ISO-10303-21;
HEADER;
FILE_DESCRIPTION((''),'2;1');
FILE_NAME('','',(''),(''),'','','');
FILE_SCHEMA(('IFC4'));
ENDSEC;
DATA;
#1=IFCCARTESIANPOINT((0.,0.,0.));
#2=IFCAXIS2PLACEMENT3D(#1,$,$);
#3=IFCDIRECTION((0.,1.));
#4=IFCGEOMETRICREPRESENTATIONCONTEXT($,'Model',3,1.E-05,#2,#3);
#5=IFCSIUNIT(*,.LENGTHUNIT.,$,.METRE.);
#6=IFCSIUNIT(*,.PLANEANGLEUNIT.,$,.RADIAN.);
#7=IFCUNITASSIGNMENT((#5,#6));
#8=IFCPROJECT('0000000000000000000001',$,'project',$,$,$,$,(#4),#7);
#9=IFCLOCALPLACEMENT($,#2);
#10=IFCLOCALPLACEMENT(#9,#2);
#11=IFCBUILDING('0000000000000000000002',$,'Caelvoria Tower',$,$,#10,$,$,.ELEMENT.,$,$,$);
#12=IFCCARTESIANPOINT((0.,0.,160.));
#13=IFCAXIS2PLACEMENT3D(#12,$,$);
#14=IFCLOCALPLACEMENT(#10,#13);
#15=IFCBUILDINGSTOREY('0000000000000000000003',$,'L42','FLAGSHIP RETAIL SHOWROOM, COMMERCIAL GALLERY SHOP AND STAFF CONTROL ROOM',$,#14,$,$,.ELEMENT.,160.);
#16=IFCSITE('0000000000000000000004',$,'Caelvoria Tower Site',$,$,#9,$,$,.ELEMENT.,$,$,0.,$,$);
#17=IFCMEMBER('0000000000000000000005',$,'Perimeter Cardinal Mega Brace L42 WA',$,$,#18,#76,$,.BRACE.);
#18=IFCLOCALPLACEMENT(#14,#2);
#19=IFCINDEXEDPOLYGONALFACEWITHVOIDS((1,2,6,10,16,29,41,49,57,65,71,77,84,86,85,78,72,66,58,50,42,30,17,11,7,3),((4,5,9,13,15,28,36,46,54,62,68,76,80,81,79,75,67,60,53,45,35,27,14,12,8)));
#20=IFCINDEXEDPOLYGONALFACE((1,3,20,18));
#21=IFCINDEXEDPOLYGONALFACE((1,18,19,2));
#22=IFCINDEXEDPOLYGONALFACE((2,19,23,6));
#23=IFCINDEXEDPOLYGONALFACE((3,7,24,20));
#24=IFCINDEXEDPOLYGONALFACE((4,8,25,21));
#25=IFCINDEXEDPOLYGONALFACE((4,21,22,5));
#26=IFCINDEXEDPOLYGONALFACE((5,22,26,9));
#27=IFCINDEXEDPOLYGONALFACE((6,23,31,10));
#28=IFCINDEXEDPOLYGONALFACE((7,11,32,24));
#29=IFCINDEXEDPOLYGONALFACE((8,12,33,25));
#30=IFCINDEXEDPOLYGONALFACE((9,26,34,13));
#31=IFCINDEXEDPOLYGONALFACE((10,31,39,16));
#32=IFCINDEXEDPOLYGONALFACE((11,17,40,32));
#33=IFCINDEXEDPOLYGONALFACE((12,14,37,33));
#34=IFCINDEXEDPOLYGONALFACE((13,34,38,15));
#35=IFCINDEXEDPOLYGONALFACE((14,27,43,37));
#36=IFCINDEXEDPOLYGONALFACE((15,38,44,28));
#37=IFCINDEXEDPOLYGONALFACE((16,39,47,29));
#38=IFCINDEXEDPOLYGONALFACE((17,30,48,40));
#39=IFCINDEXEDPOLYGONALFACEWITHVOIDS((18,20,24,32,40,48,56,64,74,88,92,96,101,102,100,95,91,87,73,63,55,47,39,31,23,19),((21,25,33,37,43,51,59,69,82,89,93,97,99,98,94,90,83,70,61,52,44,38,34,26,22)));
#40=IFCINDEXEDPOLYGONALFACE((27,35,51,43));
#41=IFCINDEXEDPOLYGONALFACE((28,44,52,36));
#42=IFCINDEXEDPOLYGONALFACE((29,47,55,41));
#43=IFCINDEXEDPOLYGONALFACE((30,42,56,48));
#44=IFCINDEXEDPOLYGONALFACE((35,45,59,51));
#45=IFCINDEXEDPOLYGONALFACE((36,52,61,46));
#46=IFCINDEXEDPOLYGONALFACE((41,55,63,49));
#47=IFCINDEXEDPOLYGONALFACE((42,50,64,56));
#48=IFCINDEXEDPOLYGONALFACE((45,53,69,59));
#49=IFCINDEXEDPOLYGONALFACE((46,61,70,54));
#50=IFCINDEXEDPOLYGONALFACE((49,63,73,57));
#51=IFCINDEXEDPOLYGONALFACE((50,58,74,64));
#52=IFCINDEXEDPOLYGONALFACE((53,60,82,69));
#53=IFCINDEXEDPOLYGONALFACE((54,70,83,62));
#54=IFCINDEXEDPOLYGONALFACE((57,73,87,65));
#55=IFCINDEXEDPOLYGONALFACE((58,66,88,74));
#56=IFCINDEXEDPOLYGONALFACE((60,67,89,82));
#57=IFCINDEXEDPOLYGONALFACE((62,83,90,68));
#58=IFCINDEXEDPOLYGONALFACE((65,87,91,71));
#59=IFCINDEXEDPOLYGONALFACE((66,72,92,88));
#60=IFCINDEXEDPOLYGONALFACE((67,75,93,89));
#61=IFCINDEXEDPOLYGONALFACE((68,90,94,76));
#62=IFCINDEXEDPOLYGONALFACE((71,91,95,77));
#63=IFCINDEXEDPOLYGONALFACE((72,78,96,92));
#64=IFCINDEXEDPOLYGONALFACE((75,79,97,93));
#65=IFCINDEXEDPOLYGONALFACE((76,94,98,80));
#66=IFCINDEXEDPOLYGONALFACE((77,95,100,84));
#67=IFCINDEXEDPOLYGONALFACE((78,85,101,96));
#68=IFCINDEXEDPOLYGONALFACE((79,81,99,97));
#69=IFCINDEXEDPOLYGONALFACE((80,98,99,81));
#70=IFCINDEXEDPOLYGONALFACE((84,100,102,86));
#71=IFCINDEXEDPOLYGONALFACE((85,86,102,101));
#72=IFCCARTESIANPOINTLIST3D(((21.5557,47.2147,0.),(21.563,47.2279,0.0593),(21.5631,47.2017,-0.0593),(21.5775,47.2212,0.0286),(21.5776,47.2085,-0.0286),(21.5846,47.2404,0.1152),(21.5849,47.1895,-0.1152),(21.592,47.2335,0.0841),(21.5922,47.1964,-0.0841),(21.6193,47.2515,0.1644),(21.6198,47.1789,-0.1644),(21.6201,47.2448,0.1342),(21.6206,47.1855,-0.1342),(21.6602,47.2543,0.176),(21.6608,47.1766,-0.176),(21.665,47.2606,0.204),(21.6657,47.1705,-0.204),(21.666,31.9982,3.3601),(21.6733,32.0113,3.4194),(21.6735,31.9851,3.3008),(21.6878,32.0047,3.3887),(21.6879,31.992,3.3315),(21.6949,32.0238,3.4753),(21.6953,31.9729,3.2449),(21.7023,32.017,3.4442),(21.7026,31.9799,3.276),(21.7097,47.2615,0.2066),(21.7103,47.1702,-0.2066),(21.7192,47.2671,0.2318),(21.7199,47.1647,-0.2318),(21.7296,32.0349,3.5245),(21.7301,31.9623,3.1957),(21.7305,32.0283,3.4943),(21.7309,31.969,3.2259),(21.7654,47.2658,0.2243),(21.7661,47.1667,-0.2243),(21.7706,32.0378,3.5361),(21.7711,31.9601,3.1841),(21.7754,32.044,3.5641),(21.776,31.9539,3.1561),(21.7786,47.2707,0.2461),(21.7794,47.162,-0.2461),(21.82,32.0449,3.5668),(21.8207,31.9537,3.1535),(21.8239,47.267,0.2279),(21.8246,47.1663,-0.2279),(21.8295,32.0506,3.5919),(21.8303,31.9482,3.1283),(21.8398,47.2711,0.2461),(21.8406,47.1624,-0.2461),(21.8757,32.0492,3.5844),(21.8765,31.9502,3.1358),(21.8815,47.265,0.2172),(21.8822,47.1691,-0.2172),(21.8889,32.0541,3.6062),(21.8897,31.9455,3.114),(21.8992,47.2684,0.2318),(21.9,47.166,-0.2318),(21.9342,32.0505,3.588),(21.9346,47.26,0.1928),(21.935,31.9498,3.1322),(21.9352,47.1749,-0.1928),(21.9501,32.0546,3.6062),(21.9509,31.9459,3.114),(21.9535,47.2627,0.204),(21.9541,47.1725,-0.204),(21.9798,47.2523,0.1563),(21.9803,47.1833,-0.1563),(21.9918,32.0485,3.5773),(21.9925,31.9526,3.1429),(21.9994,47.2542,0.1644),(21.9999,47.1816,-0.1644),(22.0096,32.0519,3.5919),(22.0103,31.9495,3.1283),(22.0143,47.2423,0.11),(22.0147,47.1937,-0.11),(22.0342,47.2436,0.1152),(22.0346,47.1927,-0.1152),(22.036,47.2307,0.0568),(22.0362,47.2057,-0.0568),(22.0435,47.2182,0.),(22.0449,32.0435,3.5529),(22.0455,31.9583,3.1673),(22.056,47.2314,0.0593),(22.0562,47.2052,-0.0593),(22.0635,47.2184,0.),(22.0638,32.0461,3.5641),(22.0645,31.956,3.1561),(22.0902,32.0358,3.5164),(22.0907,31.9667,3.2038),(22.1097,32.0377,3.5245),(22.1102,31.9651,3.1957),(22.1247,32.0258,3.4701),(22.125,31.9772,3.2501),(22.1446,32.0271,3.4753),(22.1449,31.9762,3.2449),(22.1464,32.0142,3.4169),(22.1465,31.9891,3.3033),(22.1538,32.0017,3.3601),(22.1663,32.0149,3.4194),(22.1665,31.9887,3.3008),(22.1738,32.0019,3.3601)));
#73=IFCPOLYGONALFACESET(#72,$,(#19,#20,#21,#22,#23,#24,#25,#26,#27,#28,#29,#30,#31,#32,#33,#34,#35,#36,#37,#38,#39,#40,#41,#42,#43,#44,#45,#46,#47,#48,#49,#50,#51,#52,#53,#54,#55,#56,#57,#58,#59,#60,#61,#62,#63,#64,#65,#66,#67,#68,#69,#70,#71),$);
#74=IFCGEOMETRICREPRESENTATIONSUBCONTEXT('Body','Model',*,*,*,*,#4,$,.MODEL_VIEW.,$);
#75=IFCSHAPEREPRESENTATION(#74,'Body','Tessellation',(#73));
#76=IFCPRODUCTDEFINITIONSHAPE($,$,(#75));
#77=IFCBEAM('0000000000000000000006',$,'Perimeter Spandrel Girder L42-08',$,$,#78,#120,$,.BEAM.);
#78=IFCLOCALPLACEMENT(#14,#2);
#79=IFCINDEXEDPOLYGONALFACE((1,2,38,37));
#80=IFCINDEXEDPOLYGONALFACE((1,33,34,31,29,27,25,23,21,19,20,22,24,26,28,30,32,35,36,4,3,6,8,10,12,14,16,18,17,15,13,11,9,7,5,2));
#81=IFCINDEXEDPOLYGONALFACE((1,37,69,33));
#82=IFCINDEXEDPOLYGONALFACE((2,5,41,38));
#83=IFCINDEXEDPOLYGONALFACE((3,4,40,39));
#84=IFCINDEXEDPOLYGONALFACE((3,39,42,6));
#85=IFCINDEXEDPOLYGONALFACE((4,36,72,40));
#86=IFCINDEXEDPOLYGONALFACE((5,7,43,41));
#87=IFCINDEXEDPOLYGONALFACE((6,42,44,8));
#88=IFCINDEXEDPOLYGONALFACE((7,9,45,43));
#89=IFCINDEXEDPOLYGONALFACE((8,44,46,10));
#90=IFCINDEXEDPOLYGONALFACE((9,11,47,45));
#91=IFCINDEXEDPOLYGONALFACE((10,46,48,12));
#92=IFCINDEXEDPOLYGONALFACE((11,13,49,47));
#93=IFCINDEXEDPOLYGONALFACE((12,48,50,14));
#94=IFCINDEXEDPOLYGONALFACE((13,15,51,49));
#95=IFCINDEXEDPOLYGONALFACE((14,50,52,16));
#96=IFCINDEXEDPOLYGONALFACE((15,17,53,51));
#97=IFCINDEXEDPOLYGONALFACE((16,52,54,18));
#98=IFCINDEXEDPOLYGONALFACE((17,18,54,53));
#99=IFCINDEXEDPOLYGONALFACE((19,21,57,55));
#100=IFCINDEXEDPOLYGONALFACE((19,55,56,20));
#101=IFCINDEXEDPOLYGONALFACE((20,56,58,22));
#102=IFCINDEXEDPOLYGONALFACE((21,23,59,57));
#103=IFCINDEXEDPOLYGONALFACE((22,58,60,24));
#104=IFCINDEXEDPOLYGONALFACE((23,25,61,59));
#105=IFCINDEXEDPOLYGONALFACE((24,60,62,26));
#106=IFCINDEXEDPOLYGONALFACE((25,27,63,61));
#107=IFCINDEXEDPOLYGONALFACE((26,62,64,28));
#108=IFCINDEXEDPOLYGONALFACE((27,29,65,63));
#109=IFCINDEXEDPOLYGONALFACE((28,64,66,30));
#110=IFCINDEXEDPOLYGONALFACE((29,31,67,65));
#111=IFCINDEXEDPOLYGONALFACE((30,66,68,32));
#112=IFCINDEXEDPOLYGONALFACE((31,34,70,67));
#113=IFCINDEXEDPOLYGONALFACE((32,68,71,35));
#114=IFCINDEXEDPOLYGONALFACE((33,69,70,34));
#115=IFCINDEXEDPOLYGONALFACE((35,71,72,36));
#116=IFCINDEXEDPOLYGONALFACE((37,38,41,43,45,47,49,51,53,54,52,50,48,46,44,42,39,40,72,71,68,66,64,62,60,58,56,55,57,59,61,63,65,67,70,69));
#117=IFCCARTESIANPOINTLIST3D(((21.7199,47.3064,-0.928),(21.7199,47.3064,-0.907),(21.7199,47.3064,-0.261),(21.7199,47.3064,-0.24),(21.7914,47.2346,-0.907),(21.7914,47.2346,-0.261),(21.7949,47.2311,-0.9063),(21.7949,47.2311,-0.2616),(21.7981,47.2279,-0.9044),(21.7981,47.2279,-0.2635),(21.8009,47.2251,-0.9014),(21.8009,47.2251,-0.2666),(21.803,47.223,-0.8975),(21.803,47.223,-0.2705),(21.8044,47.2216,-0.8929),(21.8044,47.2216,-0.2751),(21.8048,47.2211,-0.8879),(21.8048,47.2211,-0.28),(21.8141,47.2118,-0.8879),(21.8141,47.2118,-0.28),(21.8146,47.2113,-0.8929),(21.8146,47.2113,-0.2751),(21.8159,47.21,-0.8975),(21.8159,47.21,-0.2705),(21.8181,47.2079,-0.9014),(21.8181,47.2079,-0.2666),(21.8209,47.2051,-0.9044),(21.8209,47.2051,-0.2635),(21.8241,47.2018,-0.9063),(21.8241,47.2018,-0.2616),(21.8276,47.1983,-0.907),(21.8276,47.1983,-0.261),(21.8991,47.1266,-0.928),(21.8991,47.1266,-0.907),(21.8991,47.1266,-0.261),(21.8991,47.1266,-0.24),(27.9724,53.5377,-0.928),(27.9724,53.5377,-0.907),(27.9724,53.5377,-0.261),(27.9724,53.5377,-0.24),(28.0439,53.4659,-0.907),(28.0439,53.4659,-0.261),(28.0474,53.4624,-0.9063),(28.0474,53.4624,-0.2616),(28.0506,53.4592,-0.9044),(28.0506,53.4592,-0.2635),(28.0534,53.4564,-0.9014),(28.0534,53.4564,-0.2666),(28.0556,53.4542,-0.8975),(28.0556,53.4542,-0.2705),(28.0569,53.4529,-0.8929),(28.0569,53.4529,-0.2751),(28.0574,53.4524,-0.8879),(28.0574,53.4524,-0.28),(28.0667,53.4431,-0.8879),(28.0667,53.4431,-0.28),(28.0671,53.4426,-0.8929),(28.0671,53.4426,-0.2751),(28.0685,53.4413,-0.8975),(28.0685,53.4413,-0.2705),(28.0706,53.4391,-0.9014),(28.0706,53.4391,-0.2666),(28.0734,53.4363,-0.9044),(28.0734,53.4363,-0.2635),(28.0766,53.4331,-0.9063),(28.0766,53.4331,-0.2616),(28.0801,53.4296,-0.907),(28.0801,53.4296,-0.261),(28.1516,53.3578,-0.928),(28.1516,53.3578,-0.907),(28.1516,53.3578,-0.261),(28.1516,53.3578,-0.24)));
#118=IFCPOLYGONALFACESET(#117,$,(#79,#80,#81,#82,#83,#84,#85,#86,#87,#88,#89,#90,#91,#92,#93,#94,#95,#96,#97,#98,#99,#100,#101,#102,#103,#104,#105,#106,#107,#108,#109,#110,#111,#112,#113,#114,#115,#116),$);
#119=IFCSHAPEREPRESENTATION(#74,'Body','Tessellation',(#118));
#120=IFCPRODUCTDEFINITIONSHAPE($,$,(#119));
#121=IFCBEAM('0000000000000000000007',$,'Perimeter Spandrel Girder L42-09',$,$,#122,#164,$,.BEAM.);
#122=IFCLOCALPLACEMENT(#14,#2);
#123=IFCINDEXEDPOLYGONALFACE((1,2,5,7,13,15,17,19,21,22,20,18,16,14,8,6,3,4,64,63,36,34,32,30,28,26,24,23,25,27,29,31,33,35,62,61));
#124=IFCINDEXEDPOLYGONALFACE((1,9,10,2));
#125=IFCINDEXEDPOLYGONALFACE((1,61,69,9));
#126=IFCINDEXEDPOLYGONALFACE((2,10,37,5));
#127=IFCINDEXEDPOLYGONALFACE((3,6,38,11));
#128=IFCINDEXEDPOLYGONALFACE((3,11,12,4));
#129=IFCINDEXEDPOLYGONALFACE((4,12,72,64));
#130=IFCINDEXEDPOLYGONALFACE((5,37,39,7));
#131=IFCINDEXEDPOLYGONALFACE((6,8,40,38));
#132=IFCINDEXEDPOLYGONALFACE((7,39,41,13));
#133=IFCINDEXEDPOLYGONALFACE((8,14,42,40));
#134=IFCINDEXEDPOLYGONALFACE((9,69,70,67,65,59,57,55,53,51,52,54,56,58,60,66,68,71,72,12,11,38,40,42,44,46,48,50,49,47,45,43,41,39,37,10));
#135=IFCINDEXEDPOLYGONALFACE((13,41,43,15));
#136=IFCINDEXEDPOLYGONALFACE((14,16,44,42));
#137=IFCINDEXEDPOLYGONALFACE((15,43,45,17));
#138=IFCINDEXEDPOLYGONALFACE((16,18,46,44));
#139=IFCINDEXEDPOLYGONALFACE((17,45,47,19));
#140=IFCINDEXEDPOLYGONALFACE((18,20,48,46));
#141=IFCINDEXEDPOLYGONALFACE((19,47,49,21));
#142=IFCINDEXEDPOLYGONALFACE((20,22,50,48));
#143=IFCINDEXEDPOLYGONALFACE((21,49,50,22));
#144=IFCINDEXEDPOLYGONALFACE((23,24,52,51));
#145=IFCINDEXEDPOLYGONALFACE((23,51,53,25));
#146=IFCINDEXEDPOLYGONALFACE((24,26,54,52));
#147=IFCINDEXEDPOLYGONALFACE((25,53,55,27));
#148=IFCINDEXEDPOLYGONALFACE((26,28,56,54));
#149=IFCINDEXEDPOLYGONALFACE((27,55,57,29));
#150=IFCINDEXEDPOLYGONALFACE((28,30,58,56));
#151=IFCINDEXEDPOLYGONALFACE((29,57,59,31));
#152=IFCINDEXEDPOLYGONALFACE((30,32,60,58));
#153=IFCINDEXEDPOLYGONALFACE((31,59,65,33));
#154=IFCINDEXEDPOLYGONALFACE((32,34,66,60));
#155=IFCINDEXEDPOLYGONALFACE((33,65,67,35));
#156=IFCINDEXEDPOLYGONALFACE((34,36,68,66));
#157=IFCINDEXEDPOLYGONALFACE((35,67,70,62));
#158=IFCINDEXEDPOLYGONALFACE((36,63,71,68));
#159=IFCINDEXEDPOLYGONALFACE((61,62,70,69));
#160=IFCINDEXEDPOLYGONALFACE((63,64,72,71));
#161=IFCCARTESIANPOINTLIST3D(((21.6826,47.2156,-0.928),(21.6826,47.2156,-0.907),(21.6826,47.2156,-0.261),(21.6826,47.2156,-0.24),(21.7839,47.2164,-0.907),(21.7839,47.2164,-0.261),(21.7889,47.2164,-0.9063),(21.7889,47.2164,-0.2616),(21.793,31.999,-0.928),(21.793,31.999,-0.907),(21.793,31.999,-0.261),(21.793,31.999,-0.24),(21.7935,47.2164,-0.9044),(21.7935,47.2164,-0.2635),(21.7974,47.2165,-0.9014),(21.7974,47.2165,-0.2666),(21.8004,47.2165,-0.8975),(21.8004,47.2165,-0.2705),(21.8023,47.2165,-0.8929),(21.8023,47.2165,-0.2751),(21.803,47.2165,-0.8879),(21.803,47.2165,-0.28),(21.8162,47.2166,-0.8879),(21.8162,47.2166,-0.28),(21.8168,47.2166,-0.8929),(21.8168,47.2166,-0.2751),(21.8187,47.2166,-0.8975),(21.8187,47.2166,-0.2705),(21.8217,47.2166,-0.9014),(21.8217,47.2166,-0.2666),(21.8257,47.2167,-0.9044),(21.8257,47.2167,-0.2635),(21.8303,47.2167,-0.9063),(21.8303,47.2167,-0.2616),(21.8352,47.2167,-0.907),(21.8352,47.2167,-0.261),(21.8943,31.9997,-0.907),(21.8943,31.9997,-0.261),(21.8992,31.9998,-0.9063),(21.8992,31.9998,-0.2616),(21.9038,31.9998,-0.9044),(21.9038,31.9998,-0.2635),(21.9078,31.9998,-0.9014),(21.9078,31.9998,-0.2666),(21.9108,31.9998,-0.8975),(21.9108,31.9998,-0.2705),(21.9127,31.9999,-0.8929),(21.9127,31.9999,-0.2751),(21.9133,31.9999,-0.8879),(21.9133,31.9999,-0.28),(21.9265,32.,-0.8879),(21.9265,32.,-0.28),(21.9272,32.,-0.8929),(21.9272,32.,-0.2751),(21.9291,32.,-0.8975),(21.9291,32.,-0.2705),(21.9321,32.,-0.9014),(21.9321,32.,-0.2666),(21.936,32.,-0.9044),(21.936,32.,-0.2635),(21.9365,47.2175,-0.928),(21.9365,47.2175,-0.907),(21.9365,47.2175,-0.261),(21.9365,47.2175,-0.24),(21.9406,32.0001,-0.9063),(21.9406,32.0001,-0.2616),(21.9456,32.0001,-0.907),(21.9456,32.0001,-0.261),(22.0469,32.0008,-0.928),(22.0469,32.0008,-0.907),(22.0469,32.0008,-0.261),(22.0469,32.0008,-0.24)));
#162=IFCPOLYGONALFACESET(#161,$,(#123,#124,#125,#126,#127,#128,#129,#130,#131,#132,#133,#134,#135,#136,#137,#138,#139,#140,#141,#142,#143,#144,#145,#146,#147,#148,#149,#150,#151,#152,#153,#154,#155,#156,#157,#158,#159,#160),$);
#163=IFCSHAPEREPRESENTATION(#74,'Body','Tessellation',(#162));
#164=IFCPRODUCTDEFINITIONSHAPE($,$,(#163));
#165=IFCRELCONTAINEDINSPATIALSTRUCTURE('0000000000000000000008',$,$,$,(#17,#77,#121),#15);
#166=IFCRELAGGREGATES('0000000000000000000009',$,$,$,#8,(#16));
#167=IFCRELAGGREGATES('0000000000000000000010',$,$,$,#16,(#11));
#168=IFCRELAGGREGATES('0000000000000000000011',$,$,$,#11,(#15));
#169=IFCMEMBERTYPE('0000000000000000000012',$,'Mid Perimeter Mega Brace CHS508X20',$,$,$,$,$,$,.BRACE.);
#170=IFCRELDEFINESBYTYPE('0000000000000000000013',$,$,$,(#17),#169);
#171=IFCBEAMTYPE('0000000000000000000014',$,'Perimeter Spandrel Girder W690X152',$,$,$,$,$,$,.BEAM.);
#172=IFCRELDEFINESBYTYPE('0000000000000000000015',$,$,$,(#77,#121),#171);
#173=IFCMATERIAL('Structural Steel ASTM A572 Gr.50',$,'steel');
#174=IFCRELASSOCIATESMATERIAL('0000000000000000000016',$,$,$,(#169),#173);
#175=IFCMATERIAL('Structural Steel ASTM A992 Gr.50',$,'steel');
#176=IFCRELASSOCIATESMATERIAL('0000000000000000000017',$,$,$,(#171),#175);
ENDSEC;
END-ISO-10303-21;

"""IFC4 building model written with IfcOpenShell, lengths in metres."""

from ifc_helpers import new_model, si_unit, direction, frame, origin, origin_2d, place, context, subcontext, project, spatial, hollow_circle, i_section, extrude, material, material_profile, profile_set, type_object, element, save


model = new_model("IFC4")

# Units and contexts
model_context = context("Model", 3, precision=1e-05, world=origin(), true_north=direction((0.0, 1.0)))
body_context = subcontext(model_context, "Body", "Model", "MODEL_VIEW")
ifc_project = project(units=[si_unit("LENGTHUNIT", "METRE"), si_unit("PLANEANGLEUNIT", "RADIAN")], contexts=[model_context])

# Site, building, storey
site_placement = place(None, origin())
site = spatial("IfcSite", under=ifc_project, at=site_placement, Name="Caelvoria Tower Site", CompositionType="ELEMENT", RefElevation=0.0)
building_placement = place(site_placement, origin())
building = spatial("IfcBuilding", under=site, at=building_placement, Name="Caelvoria Tower", CompositionType="ELEMENT")
storey_placement = place(building_placement, frame((0.0, 0.0, 160.0)))
storey = spatial("IfcBuildingStorey", under=building, at=storey_placement, Name="L42", Description="FLAGSHIP RETAIL SHOWROOM, COMMERCIAL GALLERY SHOP AND STAFF CONTROL ROOM", CompositionType="ELEMENT", Elevation=160.0)

# Shared definitions
ifc_material_1 = material(Name="Structural Steel ASTM A572 Gr.50", Category="steel")

# Member
ifc_material_profile_1 = material_profile(ifc_material_1, hollow_circle(Radius=0.2539, WallThickness=0.02, at=origin_2d()), Name="Structural Steel ASTM A572 Gr.50")
ifc_profile_set_1 = profile_set([ifc_material_profile_1], Name="CHS508X20 - Structural Steel ASTM A572 Gr.50")
member_type = type_object("IfcMemberType", Name="Mid Perimeter Mega Brace CHS508X20", PredefinedType="BRACE", material=ifc_profile_set_1)
member_1_placement = place(storey_placement, frame((21.8096, 47.2166, 0.0), z_axis=(0.007081, -0.976452, 0.215619), x_axis=(0.999974, 0.007252, 0.0)))
element("IfcMember", 1, at=member_1_placement, inside=storey, type_object=member_type, Name="Perimeter Cardinal Mega Brace L42 WA", PredefinedType="BRACE", context=body_context, shape_type="SweptSolid", body=[
    extrude(hollow_circle(Radius=0.2539, WallThickness=0.02, at=origin_2d()), origin(), (0.0, 0.0, 1.0), 15.5835),
])

# Beams
ifc_material_2 = material(Name="Structural Steel ASTM A992 Gr.50", Category="steel")
ifc_material_profile_2 = material_profile(ifc_material_2, i_section(OverallWidth=0.2539, OverallDepth=0.688, WebThickness=0.0132, FlangeThickness=0.021, FilletRadius=0.019, at=origin_2d()), Name="Structural Steel ASTM A992 Gr.50")
ifc_profile_set_2 = profile_set([ifc_material_profile_2], Name="W690X152 - Structural Steel ASTM A992 Gr.50")
beam_type_1 = type_object("IfcBeamType", Name="Perimeter Spandrel Girder W690X152", PredefinedType="BEAM", material=ifc_profile_set_2)
beam_1_placement = place(storey_placement, frame((28.062, 53.4478, -0.584), z_axis=(-0.708309, -0.705903, 0.0), x_axis=(0.705903, -0.708309, 0.0)))
element("IfcBeam", 2, at=beam_1_placement, inside=storey, type_object=beam_type_1, Name="Perimeter Spandrel Girder L42-08", PredefinedType="BEAM", context=body_context, shape_type="SweptSolid", body=[
    extrude(i_section(OverallWidth=0.2539, OverallDepth=0.688, WebThickness=0.0132, FlangeThickness=0.021, FilletRadius=0.019, at=origin_2d()), origin(), (0.0, 0.0, 1.0), 8.8274),
])
beam_2_placement = place(storey_placement, frame((21.8096, 47.2166, -0.584), z_axis=(0.007252, -0.999974, 0.0), x_axis=(0.999974, 0.007252, 0.0)))
element("IfcBeam", 3, at=beam_2_placement, inside=storey, type_object=beam_type_1, Name="Perimeter Spandrel Girder L42-09", PredefinedType="BEAM", context=body_context, shape_type="SweptSolid", body=[
    extrude(i_section(OverallWidth=0.2539, OverallDepth=0.688, WebThickness=0.0132, FlangeThickness=0.021, FilletRadius=0.019, at=origin_2d()), origin(), (0.0, 0.0, 1.0), 15.217),
])

save(model, "model.ifc")
